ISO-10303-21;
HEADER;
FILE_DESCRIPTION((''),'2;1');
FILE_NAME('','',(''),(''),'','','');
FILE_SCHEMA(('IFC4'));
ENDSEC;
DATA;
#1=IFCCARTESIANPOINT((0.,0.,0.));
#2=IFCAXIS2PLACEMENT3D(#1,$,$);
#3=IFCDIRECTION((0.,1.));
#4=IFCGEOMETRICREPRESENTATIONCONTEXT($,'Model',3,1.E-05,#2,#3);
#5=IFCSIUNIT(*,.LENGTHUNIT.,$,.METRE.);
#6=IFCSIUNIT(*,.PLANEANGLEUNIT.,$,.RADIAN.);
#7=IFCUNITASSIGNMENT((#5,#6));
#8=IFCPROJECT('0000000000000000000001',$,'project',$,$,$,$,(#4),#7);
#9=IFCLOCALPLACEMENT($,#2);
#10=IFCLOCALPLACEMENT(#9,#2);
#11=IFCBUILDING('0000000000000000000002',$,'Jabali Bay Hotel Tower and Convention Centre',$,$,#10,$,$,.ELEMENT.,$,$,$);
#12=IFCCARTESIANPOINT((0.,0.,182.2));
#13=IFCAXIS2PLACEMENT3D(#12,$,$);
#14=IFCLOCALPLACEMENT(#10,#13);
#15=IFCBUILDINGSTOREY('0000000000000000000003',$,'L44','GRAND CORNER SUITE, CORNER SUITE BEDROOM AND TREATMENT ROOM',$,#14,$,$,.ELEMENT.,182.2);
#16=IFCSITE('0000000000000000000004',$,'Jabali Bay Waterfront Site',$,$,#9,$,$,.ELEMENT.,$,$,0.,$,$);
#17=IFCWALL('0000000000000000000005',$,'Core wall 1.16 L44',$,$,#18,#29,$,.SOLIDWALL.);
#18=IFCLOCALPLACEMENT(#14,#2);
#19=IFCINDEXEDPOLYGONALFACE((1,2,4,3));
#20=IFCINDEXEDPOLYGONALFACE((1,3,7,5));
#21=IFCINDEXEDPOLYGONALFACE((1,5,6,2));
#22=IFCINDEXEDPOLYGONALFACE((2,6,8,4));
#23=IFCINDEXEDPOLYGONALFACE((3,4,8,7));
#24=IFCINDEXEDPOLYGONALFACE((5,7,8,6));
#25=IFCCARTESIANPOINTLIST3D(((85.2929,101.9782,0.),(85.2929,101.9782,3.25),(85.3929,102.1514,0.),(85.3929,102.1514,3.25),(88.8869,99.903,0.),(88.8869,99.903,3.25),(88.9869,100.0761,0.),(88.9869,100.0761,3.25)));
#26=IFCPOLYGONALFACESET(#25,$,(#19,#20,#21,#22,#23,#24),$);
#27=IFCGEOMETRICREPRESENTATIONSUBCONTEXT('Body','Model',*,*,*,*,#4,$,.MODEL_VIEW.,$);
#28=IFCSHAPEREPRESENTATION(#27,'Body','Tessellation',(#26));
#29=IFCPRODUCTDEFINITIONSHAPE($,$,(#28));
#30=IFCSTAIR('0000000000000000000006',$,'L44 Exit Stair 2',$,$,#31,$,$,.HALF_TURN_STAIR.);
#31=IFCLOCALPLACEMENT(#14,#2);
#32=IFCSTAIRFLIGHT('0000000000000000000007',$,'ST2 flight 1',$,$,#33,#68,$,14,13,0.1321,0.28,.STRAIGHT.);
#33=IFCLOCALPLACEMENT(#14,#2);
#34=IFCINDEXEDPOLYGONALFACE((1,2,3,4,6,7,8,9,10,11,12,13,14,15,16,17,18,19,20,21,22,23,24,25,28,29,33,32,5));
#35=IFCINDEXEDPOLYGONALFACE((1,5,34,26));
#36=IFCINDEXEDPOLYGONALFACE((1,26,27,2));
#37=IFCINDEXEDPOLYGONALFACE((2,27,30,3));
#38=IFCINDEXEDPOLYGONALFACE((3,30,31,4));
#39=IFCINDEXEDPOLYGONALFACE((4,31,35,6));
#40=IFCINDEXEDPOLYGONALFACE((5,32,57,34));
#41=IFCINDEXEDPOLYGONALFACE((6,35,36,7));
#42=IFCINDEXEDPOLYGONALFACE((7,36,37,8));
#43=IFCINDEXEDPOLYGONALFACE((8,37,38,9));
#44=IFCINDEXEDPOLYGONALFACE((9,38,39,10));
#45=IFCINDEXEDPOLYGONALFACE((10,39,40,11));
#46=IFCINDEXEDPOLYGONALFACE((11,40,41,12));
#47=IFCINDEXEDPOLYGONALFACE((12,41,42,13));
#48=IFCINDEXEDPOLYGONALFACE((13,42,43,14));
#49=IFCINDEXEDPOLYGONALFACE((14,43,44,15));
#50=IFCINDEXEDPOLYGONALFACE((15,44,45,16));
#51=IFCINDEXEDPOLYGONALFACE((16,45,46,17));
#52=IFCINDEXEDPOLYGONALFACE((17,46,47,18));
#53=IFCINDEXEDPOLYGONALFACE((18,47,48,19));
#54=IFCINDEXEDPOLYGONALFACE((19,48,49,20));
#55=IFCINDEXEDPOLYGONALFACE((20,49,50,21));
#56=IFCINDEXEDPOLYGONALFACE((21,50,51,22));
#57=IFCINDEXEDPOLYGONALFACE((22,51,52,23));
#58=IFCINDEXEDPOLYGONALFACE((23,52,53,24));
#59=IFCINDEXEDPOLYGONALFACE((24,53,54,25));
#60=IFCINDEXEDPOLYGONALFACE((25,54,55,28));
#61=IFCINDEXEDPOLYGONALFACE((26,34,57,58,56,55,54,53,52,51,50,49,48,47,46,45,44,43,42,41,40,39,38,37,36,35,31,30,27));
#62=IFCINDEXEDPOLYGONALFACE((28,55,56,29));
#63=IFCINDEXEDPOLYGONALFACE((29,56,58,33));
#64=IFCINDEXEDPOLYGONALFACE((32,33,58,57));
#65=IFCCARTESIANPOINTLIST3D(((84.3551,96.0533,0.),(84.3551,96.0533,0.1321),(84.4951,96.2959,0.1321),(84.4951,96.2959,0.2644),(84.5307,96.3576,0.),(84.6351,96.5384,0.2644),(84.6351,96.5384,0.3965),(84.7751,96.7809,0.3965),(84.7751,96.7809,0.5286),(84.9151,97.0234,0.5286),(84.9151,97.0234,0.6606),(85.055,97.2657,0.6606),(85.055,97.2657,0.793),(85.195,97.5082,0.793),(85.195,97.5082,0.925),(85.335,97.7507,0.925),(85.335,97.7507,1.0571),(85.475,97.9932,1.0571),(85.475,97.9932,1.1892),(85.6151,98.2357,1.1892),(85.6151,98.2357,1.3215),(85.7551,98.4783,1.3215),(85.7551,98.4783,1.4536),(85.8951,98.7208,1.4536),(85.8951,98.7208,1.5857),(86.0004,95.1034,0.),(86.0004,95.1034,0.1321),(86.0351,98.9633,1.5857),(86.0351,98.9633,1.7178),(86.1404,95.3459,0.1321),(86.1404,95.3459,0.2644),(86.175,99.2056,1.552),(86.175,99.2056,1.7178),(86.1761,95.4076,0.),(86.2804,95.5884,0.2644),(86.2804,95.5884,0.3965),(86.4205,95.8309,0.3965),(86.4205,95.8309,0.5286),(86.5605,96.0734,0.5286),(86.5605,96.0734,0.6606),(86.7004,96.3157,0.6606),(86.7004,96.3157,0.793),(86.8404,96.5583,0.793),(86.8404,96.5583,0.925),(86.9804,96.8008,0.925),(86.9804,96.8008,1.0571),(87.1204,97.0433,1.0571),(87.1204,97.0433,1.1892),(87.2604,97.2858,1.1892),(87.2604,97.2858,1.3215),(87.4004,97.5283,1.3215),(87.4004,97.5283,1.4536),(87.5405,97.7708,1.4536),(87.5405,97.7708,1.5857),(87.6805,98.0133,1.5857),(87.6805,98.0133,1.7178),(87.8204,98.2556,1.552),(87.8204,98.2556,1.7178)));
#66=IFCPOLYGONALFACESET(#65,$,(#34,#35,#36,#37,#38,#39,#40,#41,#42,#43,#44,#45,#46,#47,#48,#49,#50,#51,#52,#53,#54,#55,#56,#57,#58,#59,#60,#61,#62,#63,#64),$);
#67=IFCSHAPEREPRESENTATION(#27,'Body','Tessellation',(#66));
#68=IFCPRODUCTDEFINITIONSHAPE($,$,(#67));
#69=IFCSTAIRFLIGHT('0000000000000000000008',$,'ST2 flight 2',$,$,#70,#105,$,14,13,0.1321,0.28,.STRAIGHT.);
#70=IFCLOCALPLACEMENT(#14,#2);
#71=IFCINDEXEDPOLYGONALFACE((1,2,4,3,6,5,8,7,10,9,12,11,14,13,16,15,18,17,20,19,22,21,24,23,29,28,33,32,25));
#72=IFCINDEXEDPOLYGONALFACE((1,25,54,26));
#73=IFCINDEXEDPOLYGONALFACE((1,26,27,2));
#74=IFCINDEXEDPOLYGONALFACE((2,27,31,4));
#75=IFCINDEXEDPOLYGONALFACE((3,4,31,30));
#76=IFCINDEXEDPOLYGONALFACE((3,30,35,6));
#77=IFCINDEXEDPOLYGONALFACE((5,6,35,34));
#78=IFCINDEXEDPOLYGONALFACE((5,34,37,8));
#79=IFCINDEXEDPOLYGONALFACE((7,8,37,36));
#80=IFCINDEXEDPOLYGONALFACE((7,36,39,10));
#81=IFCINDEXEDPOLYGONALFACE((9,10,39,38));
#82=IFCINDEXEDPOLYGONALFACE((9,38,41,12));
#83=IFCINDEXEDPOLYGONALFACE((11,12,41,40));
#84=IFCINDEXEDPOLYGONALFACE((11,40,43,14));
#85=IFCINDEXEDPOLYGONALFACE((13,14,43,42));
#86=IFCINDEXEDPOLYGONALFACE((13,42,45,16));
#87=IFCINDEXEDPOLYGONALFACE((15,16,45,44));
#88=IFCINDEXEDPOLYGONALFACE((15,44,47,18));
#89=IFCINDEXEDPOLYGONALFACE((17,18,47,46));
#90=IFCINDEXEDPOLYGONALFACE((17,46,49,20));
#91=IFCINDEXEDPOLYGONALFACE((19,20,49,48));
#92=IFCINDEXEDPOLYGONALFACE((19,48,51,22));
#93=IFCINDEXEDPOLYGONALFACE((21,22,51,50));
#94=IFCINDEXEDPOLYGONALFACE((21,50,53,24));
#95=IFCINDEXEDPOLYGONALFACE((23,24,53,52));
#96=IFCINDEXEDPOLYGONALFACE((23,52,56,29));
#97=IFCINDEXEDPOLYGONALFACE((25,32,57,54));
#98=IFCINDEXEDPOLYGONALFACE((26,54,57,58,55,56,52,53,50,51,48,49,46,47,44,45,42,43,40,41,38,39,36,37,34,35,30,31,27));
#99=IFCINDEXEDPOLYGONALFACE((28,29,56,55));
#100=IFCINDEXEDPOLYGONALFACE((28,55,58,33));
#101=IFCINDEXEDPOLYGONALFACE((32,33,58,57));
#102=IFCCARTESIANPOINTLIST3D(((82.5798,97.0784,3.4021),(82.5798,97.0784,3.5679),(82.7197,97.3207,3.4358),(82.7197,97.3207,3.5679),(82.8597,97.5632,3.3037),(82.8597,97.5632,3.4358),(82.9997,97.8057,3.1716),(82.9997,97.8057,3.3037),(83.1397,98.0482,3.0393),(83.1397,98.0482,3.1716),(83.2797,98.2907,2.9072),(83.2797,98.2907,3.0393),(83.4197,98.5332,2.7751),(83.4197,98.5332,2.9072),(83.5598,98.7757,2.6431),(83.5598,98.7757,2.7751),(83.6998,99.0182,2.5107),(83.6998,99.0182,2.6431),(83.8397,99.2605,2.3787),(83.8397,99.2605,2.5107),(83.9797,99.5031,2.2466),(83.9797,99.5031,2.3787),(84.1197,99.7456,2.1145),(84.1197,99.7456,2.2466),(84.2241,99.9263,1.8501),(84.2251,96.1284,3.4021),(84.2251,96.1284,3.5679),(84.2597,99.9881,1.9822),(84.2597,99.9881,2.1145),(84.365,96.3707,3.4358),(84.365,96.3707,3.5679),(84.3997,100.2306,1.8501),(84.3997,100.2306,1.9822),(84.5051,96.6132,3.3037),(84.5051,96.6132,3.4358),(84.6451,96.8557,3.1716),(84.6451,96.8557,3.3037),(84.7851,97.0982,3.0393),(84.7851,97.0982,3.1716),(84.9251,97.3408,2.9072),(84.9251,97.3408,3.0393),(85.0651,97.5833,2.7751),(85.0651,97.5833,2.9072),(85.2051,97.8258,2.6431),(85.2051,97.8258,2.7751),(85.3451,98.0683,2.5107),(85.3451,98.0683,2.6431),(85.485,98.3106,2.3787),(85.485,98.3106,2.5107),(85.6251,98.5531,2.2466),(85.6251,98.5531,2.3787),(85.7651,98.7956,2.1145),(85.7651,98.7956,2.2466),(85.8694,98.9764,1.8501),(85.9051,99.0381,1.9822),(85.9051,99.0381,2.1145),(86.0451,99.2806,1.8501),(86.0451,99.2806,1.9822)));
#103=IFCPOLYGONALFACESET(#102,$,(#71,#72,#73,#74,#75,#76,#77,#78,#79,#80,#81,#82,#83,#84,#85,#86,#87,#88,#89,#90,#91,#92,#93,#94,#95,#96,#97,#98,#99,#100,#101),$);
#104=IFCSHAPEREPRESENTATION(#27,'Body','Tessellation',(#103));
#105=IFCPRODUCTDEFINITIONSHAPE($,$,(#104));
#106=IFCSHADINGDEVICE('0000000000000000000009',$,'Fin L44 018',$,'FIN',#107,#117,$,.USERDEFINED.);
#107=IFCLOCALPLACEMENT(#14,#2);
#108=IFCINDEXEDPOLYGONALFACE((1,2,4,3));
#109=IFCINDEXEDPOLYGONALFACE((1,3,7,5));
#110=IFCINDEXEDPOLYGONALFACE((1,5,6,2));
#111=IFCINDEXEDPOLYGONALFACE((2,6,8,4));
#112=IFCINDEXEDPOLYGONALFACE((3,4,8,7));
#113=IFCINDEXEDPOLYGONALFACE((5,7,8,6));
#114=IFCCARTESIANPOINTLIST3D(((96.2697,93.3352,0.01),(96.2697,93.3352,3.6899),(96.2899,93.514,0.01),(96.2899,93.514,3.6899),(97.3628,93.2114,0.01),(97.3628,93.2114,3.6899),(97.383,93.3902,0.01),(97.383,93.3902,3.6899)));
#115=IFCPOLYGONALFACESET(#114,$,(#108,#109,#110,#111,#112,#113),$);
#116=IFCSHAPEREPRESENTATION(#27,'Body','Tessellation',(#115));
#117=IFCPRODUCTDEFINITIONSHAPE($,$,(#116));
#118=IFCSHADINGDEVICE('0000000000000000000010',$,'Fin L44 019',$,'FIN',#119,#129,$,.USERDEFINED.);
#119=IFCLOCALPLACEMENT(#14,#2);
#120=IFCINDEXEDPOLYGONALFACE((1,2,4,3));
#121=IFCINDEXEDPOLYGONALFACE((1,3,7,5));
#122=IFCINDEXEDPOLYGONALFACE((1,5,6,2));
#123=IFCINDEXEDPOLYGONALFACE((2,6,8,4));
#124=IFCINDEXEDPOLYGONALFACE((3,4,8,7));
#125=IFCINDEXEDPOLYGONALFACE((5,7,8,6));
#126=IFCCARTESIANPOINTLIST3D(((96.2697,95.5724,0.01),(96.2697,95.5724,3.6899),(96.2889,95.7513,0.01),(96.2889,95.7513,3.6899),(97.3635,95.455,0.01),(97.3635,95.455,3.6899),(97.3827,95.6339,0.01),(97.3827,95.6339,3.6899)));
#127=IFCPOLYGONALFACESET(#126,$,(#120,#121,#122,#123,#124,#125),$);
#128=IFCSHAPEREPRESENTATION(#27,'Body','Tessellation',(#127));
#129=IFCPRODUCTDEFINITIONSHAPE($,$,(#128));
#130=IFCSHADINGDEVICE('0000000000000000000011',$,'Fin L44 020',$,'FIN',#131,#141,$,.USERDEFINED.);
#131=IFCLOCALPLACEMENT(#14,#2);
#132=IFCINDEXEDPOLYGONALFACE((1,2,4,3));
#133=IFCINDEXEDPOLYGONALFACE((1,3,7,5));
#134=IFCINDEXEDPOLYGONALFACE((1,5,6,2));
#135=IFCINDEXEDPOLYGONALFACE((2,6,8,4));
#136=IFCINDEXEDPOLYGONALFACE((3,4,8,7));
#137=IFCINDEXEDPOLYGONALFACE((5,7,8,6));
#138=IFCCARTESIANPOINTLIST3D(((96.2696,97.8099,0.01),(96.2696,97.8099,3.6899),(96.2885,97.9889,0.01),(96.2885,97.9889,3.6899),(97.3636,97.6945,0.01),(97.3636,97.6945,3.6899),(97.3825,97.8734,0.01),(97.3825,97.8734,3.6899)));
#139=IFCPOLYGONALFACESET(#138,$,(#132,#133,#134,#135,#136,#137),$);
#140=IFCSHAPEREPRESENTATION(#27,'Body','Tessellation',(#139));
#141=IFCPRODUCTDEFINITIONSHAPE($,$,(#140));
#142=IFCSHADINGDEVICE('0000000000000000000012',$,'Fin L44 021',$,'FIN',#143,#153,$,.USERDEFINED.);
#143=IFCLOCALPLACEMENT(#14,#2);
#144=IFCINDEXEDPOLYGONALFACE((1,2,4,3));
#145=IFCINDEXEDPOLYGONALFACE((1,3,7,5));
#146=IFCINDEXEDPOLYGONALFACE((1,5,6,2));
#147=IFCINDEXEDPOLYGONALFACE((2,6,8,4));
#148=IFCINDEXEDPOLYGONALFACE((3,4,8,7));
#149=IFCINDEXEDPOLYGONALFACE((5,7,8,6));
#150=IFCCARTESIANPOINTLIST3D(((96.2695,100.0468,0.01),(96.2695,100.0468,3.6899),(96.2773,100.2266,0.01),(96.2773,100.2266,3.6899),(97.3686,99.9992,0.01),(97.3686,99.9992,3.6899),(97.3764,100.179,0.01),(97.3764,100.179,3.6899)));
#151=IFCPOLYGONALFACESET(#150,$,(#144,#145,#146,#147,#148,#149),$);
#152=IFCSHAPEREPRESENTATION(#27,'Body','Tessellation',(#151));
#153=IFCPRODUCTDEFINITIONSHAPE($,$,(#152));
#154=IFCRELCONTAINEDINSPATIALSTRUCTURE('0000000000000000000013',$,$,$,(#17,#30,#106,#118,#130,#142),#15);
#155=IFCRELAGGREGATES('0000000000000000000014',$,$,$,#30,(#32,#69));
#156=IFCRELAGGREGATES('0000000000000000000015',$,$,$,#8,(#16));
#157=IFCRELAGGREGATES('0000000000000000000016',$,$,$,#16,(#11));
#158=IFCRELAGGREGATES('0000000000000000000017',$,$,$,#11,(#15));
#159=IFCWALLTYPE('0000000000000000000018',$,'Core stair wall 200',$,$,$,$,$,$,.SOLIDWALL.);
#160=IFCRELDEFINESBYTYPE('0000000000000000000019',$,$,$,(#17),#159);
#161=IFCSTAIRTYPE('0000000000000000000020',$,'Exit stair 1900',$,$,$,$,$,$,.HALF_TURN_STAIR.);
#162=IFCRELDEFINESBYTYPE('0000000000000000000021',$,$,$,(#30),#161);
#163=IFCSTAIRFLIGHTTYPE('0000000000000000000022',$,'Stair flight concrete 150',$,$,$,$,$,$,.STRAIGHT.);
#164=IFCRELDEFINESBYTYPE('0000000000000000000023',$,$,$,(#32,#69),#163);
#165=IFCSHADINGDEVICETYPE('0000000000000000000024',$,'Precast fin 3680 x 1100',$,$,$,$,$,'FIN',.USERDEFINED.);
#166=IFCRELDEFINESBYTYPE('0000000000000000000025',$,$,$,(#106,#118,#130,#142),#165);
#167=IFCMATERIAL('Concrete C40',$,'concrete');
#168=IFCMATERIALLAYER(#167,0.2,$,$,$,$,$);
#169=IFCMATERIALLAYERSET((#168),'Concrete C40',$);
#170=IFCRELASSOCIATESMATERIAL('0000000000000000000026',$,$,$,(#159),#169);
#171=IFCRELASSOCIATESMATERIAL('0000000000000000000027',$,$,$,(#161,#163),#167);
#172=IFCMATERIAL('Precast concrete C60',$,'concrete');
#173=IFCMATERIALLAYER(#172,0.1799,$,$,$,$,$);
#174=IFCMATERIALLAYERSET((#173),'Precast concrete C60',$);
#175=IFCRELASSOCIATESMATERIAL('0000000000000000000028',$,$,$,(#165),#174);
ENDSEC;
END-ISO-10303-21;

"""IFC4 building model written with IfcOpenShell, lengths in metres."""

from ifc_helpers import new_model, si_unit, direction, frame, frame_2d, origin, place, context, subcontext, project, spatial, polyline, rectangle, outline, extrude, material, layer, layer_set, type_object, element, aggregate, save


model = new_model("IFC4")

# Units and contexts
model_context = context("Model", 3, precision=1e-05, world=origin(), true_north=direction((0.0, 1.0)))
body_context = subcontext(model_context, "Body", "Model", "MODEL_VIEW")
ifc_project = project(units=[si_unit("LENGTHUNIT", "METRE"), si_unit("PLANEANGLEUNIT", "RADIAN")], contexts=[model_context])

# Site, building, storey
site_placement = place(None, origin())
site = spatial("IfcSite", under=ifc_project, at=site_placement, Name="Jabali Bay Waterfront Site", CompositionType="ELEMENT", RefElevation=0.0)
building_placement = place(site_placement, origin())
building = spatial("IfcBuilding", under=site, at=building_placement, Name="Jabali Bay Hotel Tower and Convention Centre", CompositionType="ELEMENT")
storey_placement = place(building_placement, frame((0.0, 0.0, 182.2)))
storey = spatial("IfcBuildingStorey", under=building, at=storey_placement, Name="L44", Description="GRAND CORNER SUITE, CORNER SUITE BEDROOM AND TREATMENT ROOM", CompositionType="ELEMENT", Elevation=182.2)

# Shared definitions
ifc_material_1 = material(Name="Concrete C40", Category="concrete")

# Shared definitions
ifc_layer_1 = layer(ifc_material_1, 0.2)
ifc_layer_set_1 = layer_set([ifc_layer_1], Name="Concrete C40")
wall_type_1 = type_object("IfcWallType", Name="Core stair wall 200", PredefinedType="SOLIDWALL", material=ifc_layer_set_1)

# Wall
wall_1_placement = place(storey_placement, frame((88.937, 99.9895, 0.0), z_axis=(0.0, 0.0, 1.0), x_axis=(-0.866004, 0.500036, 0.0)))
element("IfcWall", 1, at=wall_1_placement, inside=storey, type_object=wall_type_1, Name="Core wall 1.16 L44", PredefinedType="SOLIDWALL", context=body_context, shape_type="SweptSolid", body=[
    extrude(rectangle(XDim=4.1501, YDim=0.2, at=frame_2d((2.0752, 0.0))), origin(), (0.0, 0.0, 1.0), 3.25),
])

# Stair, stair flights
stair_type = type_object("IfcStairType", Name="Exit stair 1900", PredefinedType="HALF_TURN_STAIR", material=ifc_material_1)
stair_placement = place(storey_placement, origin())
stair = element("IfcStair", 2, at=stair_placement, inside=storey, type_object=stair_type, Name="L44 Exit Stair 2", PredefinedType="HALF_TURN_STAIR")
stair_flight_type = type_object("IfcStairFlightType", Name="Stair flight concrete 150", PredefinedType="STRAIGHT", material=ifc_material_1)
stair_flight_1_placement = place(storey_placement, frame((85.1777, 95.5784, 0.0), z_axis=(0.0, 0.0, 1.0), x_axis=(0.5, 0.866025, 0.0)))
stair_flight_1 = element("IfcStairFlight", 3, at=stair_flight_1_placement, type_object=stair_flight_type, Name="ST2 flight 1", NumberOfRisers=14, NumberOfTreads=13, PredefinedType="STRAIGHT", RiserHeight=0.1321, TreadLength=0.28, context=body_context, shape_type="SweptSolid", body=[
    extrude(outline(polyline([(0.0, 0.0), (0.0, 0.1321), (0.28, 0.1321), (0.28, 0.2644), (0.5601, 0.2644), (0.5601, 0.3965), (0.8401, 0.3965), (0.8401, 0.5286), (1.1201, 0.5286), (1.1201, 0.6606), (1.3999, 0.6606), (1.3999, 0.793), (1.6799, 0.793), (1.6799, 0.925), (1.96, 0.925), (1.96, 1.0571), (2.24, 1.0571), (2.24, 1.1892), (2.52, 1.1892), (2.52, 1.3215), (2.8, 1.3215), (2.8, 1.4536), (3.0801, 1.4536), (3.0801, 1.5857), (3.3601, 1.5857), (3.3601, 1.7178), (3.6399, 1.7178), (3.6399, 1.8501), (3.6399, 1.552), (0.3513, 0.0), (0.0, 0.0)])), frame((0.0, 0.95, 0.0), z_axis=(0.0, -1.0, 0.0), x_axis=(1.0, 0.0, 0.0)), (0.0, 0.0, 1.0), 1.8999),
])
stair_flight_2_placement = place(storey_placement, frame((85.2224, 99.7556, 1.8501), z_axis=(0.0, 0.0, 1.0), x_axis=(-0.5, -0.866025, 0.0)))
stair_flight_2 = element("IfcStairFlight", 4, at=stair_flight_2_placement, type_object=stair_flight_type, Name="ST2 flight 2", NumberOfRisers=14, NumberOfTreads=13, PredefinedType="STRAIGHT", RiserHeight=0.1321, TreadLength=0.28, context=body_context, shape_type="SweptSolid", body=[
    extrude(outline(polyline([(0.0, 0.0), (0.0, 0.1321), (0.28, 0.1321), (0.28, 0.2644), (0.5601, 0.2644), (0.5601, 0.3965), (0.8401, 0.3965), (0.8401, 0.5286), (1.1201, 0.5286), (1.1201, 0.6606), (1.3999, 0.6606), (1.3999, 0.793), (1.6799, 0.793), (1.6799, 0.925), (1.96, 0.925), (1.96, 1.0571), (2.24, 1.0571), (2.24, 1.1892), (2.52, 1.1892), (2.52, 1.3215), (2.8, 1.3215), (2.8, 1.4536), (3.0801, 1.4536), (3.0801, 1.5857), (3.3601, 1.5857), (3.3601, 1.7178), (3.6399, 1.7178), (3.6399, 1.8501), (3.6399, 1.552), (0.3513, 0.0), (0.0, 0.0)])), frame((0.0, 0.95, 0.0), z_axis=(0.0, -1.0, 0.0), x_axis=(1.0, 0.0, 0.0)), (0.0, 0.0, 1.0), 1.8999),
])
aggregate(stair, [stair_flight_1, stair_flight_2])

# Shading devices
ifc_material_2 = material(Name="Precast concrete C60", Category="concrete")
ifc_layer_2 = layer(ifc_material_2, 0.1799)
ifc_layer_set_2 = layer_set([ifc_layer_2], Name="Precast concrete C60")
shading_device_type = type_object("IfcShadingDeviceType", Name="Precast fin 3680 x 1100", ElementType="FIN", PredefinedType="USERDEFINED", material=ifc_layer_set_2)
for number, where, z_axis, x_axis, name in (
    (5, (96.2798, 93.4246, 0.01), (0.0, 0.0, 1.0), (0.993649, -0.112526, 0.0), "Fin L44 018"),
    (6, (96.2793, 95.6619, 0.01), (0.0, 0.0, 1.0), (0.994286, -0.106753, 0.0), "Fin L44 019"),
    (7, (96.2791, 97.8994, 0.01), (0.0, 0.0, 1.0), (0.994475, -0.104974, 0.0), "Fin L44 020"),
    (8, (96.2734, 100.1367, 0.01), (0.0, 0.0, 1.0), (0.999063, -0.043274, 0.0), "Fin L44 021"),
):
    element("IfcShadingDevice", number, at=place(storey_placement, frame(where, z_axis=z_axis, x_axis=x_axis)), inside=storey, type_object=shading_device_type, Name=name, ObjectType="FIN", PredefinedType="USERDEFINED", context=body_context, shape_type="SweptSolid", body=[
        extrude(rectangle(XDim=1.1001, YDim=0.1799, at=frame_2d((0.55, 0.0))), origin(), (0.0, 0.0, 1.0), 3.6799),
    ])

save(model, "model.ifc")
